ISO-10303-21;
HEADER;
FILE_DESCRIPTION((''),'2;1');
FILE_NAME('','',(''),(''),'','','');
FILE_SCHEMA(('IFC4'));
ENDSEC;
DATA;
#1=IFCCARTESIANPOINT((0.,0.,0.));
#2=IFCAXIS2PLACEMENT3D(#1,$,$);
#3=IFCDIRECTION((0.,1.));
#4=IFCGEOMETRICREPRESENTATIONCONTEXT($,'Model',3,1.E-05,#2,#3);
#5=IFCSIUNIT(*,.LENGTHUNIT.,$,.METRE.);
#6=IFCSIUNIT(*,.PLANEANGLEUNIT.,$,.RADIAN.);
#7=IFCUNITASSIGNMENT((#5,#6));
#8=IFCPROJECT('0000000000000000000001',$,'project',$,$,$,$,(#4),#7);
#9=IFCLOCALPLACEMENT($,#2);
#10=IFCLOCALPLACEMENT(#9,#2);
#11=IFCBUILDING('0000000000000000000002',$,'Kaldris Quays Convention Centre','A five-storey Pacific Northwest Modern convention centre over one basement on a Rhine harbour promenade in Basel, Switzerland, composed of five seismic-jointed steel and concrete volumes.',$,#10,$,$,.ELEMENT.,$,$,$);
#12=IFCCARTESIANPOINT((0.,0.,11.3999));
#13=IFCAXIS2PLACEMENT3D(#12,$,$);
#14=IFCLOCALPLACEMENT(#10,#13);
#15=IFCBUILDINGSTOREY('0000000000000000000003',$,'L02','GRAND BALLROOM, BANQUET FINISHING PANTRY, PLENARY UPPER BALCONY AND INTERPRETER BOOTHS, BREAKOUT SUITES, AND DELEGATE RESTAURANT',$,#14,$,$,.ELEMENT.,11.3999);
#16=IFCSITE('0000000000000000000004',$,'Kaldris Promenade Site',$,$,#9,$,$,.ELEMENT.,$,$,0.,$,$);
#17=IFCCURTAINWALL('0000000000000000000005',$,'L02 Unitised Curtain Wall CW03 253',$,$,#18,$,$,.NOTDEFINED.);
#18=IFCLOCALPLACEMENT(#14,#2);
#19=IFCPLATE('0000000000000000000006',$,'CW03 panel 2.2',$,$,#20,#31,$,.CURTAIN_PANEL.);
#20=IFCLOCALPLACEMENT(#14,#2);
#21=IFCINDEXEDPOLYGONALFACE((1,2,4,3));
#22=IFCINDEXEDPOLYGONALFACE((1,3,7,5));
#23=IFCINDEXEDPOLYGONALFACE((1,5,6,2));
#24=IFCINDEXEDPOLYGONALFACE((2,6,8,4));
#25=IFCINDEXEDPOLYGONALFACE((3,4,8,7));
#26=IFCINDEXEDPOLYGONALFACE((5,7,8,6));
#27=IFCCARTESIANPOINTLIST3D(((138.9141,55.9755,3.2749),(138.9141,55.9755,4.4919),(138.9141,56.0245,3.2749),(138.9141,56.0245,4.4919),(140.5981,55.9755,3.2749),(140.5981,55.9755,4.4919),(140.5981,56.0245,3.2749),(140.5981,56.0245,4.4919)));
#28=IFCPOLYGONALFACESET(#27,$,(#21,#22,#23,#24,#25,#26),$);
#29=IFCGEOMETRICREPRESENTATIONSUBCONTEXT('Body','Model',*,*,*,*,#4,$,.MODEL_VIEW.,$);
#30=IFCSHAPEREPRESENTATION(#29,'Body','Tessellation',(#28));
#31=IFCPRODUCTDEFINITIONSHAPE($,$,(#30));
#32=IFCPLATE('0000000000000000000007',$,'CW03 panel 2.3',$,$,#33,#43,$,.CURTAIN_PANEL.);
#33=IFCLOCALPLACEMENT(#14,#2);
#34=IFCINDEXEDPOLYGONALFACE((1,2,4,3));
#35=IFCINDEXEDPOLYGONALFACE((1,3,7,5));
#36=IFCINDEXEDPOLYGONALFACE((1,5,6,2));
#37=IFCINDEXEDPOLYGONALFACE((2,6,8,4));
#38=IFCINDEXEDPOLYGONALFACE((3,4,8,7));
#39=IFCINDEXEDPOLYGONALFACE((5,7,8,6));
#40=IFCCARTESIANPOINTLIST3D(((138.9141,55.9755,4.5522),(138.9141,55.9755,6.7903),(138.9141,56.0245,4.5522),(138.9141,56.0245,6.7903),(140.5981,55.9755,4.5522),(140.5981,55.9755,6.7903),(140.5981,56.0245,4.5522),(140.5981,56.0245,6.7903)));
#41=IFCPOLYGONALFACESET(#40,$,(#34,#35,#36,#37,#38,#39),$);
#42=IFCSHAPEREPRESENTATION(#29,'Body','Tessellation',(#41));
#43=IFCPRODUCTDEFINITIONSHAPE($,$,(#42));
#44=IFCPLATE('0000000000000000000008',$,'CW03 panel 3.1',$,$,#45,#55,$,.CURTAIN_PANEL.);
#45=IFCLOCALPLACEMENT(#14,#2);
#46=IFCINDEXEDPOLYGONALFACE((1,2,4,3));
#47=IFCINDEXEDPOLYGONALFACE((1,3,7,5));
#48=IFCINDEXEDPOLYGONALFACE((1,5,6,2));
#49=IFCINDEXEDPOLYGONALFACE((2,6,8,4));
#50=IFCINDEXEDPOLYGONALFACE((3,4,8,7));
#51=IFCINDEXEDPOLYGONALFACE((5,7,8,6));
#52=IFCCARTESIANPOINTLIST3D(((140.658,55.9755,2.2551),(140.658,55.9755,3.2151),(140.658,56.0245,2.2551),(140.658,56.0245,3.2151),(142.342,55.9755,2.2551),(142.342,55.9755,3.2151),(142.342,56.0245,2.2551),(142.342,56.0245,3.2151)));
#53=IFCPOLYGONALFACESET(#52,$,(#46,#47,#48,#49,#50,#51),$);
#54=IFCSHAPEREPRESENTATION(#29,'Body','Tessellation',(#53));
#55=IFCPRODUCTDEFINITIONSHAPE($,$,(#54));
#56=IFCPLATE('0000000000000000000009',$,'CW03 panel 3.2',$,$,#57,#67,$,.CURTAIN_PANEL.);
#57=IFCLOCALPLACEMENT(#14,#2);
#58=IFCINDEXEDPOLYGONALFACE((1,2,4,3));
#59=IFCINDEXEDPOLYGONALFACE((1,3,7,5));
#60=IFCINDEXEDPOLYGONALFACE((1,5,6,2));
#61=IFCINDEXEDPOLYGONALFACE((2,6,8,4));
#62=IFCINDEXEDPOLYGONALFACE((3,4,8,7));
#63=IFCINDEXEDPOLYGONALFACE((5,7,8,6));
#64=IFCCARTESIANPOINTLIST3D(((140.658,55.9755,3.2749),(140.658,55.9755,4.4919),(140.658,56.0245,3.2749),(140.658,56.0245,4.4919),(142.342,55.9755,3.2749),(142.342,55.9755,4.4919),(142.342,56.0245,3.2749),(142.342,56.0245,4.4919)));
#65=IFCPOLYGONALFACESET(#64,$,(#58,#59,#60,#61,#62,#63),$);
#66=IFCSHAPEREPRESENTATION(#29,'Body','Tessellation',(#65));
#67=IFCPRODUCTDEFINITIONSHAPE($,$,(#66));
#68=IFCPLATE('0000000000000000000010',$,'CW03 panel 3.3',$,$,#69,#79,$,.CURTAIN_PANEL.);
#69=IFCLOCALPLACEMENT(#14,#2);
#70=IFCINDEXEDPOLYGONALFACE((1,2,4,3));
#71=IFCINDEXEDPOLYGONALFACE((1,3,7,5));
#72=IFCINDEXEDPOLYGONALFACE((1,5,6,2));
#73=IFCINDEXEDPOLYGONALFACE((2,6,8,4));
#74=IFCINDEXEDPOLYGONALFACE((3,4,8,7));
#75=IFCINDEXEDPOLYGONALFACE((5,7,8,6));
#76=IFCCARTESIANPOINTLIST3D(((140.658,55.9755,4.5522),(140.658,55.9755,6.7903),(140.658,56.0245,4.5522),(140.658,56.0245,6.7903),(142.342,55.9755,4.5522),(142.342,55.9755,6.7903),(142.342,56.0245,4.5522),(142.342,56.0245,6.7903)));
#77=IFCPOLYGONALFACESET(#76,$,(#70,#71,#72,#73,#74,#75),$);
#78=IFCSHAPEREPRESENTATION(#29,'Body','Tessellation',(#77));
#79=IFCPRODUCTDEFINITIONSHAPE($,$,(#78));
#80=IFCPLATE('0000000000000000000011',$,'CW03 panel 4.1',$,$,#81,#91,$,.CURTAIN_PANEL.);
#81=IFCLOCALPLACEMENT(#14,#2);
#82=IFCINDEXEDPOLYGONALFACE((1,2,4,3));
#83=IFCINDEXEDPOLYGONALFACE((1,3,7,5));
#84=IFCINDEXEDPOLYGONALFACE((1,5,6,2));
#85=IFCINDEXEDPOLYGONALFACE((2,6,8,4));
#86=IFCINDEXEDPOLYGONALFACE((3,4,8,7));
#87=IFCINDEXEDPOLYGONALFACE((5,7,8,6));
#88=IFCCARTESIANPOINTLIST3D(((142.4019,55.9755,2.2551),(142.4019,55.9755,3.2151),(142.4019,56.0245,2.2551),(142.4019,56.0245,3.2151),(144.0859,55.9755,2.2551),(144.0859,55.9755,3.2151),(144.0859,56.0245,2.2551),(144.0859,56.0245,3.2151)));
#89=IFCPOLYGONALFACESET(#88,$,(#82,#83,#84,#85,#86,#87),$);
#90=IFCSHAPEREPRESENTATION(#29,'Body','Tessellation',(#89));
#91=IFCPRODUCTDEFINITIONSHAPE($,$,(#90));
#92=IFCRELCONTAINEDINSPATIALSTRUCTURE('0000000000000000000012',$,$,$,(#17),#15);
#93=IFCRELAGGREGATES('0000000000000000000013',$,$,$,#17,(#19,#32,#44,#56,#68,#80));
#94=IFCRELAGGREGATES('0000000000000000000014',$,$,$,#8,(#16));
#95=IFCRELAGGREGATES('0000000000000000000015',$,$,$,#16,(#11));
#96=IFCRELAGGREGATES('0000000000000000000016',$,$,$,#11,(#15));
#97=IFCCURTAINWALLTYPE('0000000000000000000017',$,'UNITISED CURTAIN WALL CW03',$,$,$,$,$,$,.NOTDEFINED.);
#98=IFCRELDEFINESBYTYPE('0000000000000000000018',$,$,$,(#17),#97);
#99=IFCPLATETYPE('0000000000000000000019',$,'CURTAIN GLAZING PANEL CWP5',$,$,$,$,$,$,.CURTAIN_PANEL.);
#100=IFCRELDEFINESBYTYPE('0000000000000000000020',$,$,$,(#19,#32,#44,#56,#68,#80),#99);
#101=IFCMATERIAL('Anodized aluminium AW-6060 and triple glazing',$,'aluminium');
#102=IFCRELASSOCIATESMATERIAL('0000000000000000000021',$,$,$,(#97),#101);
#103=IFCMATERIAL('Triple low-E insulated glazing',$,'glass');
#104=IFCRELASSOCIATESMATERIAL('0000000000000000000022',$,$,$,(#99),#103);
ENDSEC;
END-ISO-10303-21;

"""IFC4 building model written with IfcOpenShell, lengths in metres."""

from ifc_helpers import new_model, si_unit, direction, frame, origin, origin_2d, place, context, subcontext, project, spatial, rectangle, extrude, material, type_object, element, aggregate, save


model = new_model("IFC4")

# Units and contexts
model_context = context("Model", 3, precision=1e-05, world=origin(), true_north=direction((0.0, 1.0)))
body_context = subcontext(model_context, "Body", "Model", "MODEL_VIEW")
ifc_project = project(units=[si_unit("LENGTHUNIT", "METRE"), si_unit("PLANEANGLEUNIT", "RADIAN")], contexts=[model_context])

# Site, building, storey
site_placement = place(None, origin())
site = spatial("IfcSite", under=ifc_project, at=site_placement, Name="Kaldris Promenade Site", CompositionType="ELEMENT", RefElevation=0.0)
building_placement = place(site_placement, origin())
building = spatial("IfcBuilding", under=site, at=building_placement, Name="Kaldris Quays Convention Centre", Description="A five-storey Pacific Northwest Modern convention centre over one basement on a Rhine harbour promenade in Basel, Switzerland, composed of five seismic-jointed steel and concrete volumes.", CompositionType="ELEMENT")
storey_placement = place(building_placement, frame((0.0, 0.0, 11.3999)))
storey = spatial("IfcBuildingStorey", under=building, at=storey_placement, Name="L02", Description="GRAND BALLROOM, BANQUET FINISHING PANTRY, PLENARY UPPER BALCONY AND INTERPRETER BOOTHS, BREAKOUT SUITES, AND DELEGATE RESTAURANT", CompositionType="ELEMENT", Elevation=11.3999)

# Curtain wall
ifc_material_1 = material(Name="Anodized aluminium AW-6060 and triple glazing", Category="aluminium")
curtain_wall_type = type_object("IfcCurtainWallType", Name="UNITISED CURTAIN WALL CW03", PredefinedType="NOTDEFINED", material=ifc_material_1)
curtain_wall_placement = place(storey_placement, origin())
curtain_wall = element("IfcCurtainWall", 1, at=curtain_wall_placement, inside=storey, type_object=curtain_wall_type, Name="L02 Unitised Curtain Wall CW03 253", PredefinedType="NOTDEFINED")

# Plates
ifc_material_2 = material(Name="Triple low-E insulated glazing", Category="glass")
plate_type = type_object("IfcPlateType", Name="CURTAIN GLAZING PANEL CWP5", PredefinedType="CURTAIN_PANEL", material=ifc_material_2)
plate_1_placement = place(storey_placement, frame((139.7561, 56.0, 3.2749), z_axis=(0.0, 0.0, 1.0), x_axis=(1.0, 0.0, 0.0)))
plate_1 = element("IfcPlate", 2, at=plate_1_placement, type_object=plate_type, Name="CW03 panel 2.2", PredefinedType="CURTAIN_PANEL", context=body_context, shape_type="SweptSolid", body=[
    extrude(rectangle(XDim=1.6841, YDim=0.0491, at=origin_2d()), origin(), (0.0, 0.0, 1.0), 1.217),
])
plate_2_placement = place(storey_placement, frame((139.7561, 56.0, 4.5522), z_axis=(0.0, 0.0, 1.0), x_axis=(1.0, 0.0, 0.0)))
plate_2 = element("IfcPlate", 3, at=plate_2_placement, type_object=plate_type, Name="CW03 panel 2.3", PredefinedType="CURTAIN_PANEL", context=body_context, shape_type="SweptSolid", body=[
    extrude(rectangle(XDim=1.6841, YDim=0.0491, at=origin_2d()), origin(), (0.0, 0.0, 1.0), 2.238),
])
plate_3_placement = place(storey_placement, frame((141.5, 56.0, 2.2551), z_axis=(0.0, 0.0, 1.0), x_axis=(1.0, 0.0, 0.0)))
plate_3 = element("IfcPlate", 4, at=plate_3_placement, type_object=plate_type, Name="CW03 panel 3.1", PredefinedType="CURTAIN_PANEL", context=body_context, shape_type="SweptSolid", body=[
    extrude(rectangle(XDim=1.6841, YDim=0.0491, at=origin_2d()), origin(), (0.0, 0.0, 1.0), 0.96),
])
plate_4_placement = place(storey_placement, frame((141.5, 56.0, 3.2749), z_axis=(0.0, 0.0, 1.0), x_axis=(1.0, 0.0, 0.0)))
plate_4 = element("IfcPlate", 5, at=plate_4_placement, type_object=plate_type, Name="CW03 panel 3.2", PredefinedType="CURTAIN_PANEL", context=body_context, shape_type="SweptSolid", body=[
    extrude(rectangle(XDim=1.6841, YDim=0.0491, at=origin_2d()), origin(), (0.0, 0.0, 1.0), 1.217),
])
plate_5_placement = place(storey_placement, frame((141.5, 56.0, 4.5522), z_axis=(0.0, 0.0, 1.0), x_axis=(1.0, 0.0, 0.0)))
plate_5 = element("IfcPlate", 6, at=plate_5_placement, type_object=plate_type, Name="CW03 panel 3.3", PredefinedType="CURTAIN_PANEL", context=body_context, shape_type="SweptSolid", body=[
    extrude(rectangle(XDim=1.6841, YDim=0.0491, at=origin_2d()), origin(), (0.0, 0.0, 1.0), 2.238),
])
plate_6_placement = place(storey_placement, frame((143.2439, 56.0, 2.2551), z_axis=(0.0, 0.0, 1.0), x_axis=(1.0, 0.0, 0.0)))
plate_6 = element("IfcPlate", 7, at=plate_6_placement, type_object=plate_type, Name="CW03 panel 4.1", PredefinedType="CURTAIN_PANEL", context=body_context, shape_type="SweptSolid", body=[
    extrude(rectangle(XDim=1.6841, YDim=0.0491, at=origin_2d()), origin(), (0.0, 0.0, 1.0), 0.96),
])
aggregate(curtain_wall, [plate_1, plate_2, plate_3, plate_4, plate_5, plate_6])

save(model, "model.ifc")
